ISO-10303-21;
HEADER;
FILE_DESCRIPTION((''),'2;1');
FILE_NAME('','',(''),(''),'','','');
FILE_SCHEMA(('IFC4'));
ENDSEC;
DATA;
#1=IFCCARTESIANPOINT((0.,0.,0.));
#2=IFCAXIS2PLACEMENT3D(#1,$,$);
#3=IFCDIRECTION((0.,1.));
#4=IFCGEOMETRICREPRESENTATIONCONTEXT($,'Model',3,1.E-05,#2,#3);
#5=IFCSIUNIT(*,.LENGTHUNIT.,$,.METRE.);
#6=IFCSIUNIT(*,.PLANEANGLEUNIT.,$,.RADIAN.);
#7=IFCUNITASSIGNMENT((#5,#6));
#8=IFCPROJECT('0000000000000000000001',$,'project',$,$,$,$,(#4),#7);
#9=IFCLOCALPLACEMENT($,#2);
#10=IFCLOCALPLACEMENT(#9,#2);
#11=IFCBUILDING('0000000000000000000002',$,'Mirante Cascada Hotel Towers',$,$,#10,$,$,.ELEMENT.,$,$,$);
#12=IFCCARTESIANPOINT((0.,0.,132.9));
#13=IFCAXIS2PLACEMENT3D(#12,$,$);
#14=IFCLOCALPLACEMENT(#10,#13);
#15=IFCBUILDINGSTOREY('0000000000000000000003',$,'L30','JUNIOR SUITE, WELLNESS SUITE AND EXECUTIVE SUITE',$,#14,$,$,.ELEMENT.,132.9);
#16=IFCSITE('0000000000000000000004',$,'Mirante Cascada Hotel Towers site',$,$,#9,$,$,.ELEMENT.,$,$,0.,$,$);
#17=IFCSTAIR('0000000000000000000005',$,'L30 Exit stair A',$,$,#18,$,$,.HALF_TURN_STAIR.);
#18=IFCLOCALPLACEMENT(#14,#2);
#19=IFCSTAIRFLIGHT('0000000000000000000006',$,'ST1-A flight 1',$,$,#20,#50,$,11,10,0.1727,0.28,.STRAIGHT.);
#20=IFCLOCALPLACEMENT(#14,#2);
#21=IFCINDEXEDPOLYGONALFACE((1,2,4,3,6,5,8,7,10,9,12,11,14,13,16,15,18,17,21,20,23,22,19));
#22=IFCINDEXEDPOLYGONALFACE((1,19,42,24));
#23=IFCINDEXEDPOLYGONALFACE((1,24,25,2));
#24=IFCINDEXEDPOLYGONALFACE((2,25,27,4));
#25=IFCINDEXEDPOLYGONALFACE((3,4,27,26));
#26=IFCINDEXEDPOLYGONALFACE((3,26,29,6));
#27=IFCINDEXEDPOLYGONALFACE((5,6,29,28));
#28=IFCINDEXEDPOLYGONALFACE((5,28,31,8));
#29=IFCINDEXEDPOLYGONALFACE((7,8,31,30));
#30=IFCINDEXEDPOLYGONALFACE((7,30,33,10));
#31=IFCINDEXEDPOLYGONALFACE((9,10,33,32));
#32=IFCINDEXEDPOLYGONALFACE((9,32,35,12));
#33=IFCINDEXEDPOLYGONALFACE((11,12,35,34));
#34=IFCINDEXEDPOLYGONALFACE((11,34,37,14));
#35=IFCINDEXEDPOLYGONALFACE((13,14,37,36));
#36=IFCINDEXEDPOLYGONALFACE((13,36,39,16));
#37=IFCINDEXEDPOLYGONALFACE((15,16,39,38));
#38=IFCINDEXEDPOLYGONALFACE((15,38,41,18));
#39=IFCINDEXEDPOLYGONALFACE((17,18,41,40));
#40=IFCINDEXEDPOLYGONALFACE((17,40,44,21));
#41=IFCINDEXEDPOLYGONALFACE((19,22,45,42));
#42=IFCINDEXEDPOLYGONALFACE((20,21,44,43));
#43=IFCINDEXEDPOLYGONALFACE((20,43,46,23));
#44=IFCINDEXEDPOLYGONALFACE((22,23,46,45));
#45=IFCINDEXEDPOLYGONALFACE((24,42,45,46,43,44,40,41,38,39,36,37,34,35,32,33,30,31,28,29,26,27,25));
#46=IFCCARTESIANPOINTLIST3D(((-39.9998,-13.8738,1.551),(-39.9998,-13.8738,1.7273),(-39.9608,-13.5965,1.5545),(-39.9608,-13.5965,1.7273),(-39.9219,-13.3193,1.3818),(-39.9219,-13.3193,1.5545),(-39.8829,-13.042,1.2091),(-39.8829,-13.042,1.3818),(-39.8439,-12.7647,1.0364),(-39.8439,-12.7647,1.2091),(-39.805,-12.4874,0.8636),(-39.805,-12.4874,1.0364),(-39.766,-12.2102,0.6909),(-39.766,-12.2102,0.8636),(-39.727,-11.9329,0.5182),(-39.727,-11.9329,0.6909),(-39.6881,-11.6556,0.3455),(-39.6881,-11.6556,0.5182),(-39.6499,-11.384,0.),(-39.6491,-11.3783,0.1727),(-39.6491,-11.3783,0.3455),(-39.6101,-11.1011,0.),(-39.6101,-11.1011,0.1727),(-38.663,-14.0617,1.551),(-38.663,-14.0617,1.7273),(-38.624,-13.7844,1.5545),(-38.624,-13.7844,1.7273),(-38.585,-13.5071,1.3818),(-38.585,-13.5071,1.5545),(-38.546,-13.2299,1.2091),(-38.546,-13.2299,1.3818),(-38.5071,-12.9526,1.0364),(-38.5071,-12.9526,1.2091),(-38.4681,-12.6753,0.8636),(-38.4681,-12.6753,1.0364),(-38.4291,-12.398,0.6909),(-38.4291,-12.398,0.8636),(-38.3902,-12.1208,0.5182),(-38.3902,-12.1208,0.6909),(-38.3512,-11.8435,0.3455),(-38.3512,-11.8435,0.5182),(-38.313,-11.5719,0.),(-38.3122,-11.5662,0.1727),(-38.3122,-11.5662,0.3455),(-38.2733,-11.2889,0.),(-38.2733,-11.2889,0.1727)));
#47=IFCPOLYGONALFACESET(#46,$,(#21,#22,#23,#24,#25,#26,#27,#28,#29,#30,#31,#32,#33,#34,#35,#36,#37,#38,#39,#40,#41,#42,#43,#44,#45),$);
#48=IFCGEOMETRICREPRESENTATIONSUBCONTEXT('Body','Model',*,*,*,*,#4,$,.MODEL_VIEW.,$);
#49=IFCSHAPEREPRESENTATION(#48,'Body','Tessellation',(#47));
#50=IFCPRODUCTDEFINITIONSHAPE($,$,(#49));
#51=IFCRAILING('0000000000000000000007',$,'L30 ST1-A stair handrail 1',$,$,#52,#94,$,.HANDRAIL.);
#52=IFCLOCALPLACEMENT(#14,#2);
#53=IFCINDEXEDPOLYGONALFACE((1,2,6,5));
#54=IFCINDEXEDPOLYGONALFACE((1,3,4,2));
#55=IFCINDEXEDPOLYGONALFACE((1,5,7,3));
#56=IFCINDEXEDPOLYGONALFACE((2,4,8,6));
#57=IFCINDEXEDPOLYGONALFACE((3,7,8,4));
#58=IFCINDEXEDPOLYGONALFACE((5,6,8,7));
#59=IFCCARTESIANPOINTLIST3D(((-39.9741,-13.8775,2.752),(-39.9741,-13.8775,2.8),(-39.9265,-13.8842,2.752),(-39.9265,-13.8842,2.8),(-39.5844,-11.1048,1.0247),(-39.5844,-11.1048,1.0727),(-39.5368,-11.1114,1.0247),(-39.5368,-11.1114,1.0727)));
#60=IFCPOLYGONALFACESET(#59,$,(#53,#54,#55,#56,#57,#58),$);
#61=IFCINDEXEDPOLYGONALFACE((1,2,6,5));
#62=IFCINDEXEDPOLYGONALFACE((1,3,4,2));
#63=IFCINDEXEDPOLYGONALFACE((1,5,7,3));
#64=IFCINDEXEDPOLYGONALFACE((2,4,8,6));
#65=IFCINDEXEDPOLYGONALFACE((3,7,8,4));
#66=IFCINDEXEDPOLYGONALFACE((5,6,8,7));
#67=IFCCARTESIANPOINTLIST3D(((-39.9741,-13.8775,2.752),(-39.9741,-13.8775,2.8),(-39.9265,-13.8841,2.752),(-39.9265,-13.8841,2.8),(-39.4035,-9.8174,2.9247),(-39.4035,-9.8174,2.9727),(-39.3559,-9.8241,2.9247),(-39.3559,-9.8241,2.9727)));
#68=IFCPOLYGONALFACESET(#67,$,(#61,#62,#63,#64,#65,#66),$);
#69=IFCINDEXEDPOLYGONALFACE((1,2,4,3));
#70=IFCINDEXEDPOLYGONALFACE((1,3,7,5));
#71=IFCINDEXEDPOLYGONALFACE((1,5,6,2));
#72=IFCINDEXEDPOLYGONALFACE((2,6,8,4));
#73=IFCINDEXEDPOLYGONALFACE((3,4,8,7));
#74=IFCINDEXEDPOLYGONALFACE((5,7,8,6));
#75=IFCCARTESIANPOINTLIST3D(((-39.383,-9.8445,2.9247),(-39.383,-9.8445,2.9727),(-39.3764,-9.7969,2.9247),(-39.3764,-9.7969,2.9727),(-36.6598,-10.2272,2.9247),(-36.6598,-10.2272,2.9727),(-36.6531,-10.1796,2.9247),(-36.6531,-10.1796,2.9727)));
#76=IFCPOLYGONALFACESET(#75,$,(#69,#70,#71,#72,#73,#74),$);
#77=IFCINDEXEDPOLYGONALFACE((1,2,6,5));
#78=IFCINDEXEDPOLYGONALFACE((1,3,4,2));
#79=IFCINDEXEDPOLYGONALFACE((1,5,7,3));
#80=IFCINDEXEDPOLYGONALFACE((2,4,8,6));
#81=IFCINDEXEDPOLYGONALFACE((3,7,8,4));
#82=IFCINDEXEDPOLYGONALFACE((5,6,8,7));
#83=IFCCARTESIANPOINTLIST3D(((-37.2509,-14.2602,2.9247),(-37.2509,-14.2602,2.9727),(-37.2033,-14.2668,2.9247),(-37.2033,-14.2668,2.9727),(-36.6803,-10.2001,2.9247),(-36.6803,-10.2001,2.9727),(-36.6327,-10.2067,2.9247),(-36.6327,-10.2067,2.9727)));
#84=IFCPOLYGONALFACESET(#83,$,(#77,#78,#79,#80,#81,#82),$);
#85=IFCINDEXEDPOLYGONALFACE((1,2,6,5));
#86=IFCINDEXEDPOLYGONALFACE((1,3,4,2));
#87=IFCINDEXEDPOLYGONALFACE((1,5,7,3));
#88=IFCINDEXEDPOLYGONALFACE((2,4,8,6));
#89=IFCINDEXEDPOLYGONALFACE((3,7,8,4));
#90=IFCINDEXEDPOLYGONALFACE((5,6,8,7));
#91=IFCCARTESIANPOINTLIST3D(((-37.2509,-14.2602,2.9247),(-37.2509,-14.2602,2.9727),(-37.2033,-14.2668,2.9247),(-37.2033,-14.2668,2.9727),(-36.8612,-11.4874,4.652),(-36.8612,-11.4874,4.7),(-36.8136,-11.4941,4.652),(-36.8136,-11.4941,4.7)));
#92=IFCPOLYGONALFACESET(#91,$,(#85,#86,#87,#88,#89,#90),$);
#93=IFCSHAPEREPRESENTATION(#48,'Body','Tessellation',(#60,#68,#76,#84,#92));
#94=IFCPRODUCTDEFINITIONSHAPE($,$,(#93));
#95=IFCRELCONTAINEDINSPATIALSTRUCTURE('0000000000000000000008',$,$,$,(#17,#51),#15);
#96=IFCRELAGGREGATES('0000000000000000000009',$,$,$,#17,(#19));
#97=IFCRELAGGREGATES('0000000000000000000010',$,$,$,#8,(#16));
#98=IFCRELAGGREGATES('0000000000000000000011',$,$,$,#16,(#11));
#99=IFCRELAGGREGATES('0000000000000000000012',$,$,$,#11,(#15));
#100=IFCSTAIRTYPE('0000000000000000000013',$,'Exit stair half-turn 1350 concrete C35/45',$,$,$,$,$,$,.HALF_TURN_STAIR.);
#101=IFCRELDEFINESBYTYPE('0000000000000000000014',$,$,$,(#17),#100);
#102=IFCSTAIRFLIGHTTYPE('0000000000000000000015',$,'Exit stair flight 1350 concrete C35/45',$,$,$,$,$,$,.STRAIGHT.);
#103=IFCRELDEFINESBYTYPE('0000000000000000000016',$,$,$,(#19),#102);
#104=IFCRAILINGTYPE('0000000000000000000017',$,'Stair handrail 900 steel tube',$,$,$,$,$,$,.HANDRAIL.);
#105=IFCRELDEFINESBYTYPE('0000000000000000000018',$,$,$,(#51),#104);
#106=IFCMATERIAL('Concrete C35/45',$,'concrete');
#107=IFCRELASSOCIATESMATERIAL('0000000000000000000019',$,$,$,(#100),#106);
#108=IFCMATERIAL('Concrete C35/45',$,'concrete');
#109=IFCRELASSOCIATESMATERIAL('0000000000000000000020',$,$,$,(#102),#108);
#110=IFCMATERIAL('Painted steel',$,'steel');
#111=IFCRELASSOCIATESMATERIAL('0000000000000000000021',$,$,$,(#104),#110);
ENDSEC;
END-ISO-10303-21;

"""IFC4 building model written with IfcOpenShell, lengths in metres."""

from ifc_helpers import new_model, si_unit, direction, frame, origin, origin_2d, place, context, subcontext, project, spatial, polyline, rectangle, outline, extrude, material, type_object, element, aggregate, save


model = new_model("IFC4")

# Units and contexts
model_context = context("Model", 3, precision=1e-05, world=origin(), true_north=direction((0.0, 1.0)))
body_context = subcontext(model_context, "Body", "Model", "MODEL_VIEW")
ifc_project = project(units=[si_unit("LENGTHUNIT", "METRE"), si_unit("PLANEANGLEUNIT", "RADIAN")], contexts=[model_context])

# Site, building, storey
site_placement = place(None, origin())
site = spatial("IfcSite", under=ifc_project, at=site_placement, Name="Mirante Cascada Hotel Towers site", CompositionType="ELEMENT", RefElevation=0.0)
building_placement = place(site_placement, origin())
building = spatial("IfcBuilding", under=site, at=building_placement, Name="Mirante Cascada Hotel Towers", CompositionType="ELEMENT")
storey_placement = place(building_placement, frame((0.0, 0.0, 132.9)))
storey = spatial("IfcBuildingStorey", under=building, at=storey_placement, Name="L30", Description="JUNIOR SUITE, WELLNESS SUITE AND EXECUTIVE SUITE", CompositionType="ELEMENT", Elevation=132.9)

# Stair, stair flight
ifc_material_1 = material(Name="Concrete C35/45", Category="concrete")
stair_type = type_object("IfcStairType", Name="Exit stair half-turn 1350 concrete C35/45", PredefinedType="HALF_TURN_STAIR", material=ifc_material_1)
stair_placement = place(storey_placement, origin())
stair = element("IfcStair", 1, at=stair_placement, inside=storey, type_object=stair_type, Name="L30 Exit stair A", PredefinedType="HALF_TURN_STAIR")
ifc_material_2 = material(Name="Concrete C35/45", Category="concrete")
stair_flight_type = type_object("IfcStairFlightType", Name="Exit stair flight 1350 concrete C35/45", PredefinedType="STRAIGHT", material=ifc_material_2)
stair_flight_placement = place(storey_placement, frame((-38.9417, -11.195, 0.0), z_axis=(0.0, 0.0, 1.0), x_axis=(-0.139173, -0.990268, 0.0)))
stair_flight = element("IfcStairFlight", 2, at=stair_flight_placement, type_object=stair_flight_type, Name="ST1-A flight 1", NumberOfRisers=11, NumberOfTreads=10, PredefinedType="STRAIGHT", RiserHeight=0.1727, TreadLength=0.28, context=body_context, shape_type="SweptSolid", body=[
    extrude(outline(polyline([(0.0, 0.0), (0.0, 0.1727), (0.28, 0.1727), (0.28, 0.3455), (0.56, 0.3455), (0.56, 0.5182), (0.84, 0.5182), (0.84, 0.6909), (1.12, 0.6909), (1.12, 0.8636), (1.4, 0.8636), (1.4, 1.0364), (1.68, 1.0364), (1.68, 1.2091), (1.96, 1.2091), (1.96, 1.3818), (2.24, 1.3818), (2.24, 1.5545), (2.52, 1.5545), (2.52, 1.7273), (2.8, 1.7273), (2.8, 1.9), (2.8, 1.551), (0.2857, 0.0), (0.0, 0.0)])), frame((0.0, 0.675, 0.0), z_axis=(0.0, -1.0, 0.0), x_axis=(1.0, 0.0, 0.0)), (0.0, 0.0, 1.0), 1.35),
])
aggregate(stair, [stair_flight])

# Railing
ifc_material_3 = material(Name="Painted steel", Category="steel")
railing_type = type_object("IfcRailingType", Name="Stair handrail 900 steel tube", PredefinedType="HANDRAIL", material=ifc_material_3)
railing_placement = place(storey_placement, frame((-39.5606, -11.1081, 0.1727)))
element("IfcRailing", 3, at=railing_placement, inside=storey, type_object=railing_type, Name="L30 ST1-A stair handrail 1", PredefinedType="HANDRAIL", context=body_context, shape_type="SweptSolid", body=[
    extrude(rectangle(XDim=0.048, YDim=0.048, at=origin_2d()), frame((0.0, 0.0, 0.876), z_axis=(-0.139181, -0.990267, 0.0), x_axis=(0.990267, -0.139181, 0.0)), (0.0, 0.525035, 0.851081), 3.2899),
    extrude(rectangle(XDim=0.048, YDim=0.048, at=origin_2d()), frame((-0.3897, -2.7727, 2.6033), z_axis=(0.139171, 0.990268, 0.0), x_axis=(-0.990268, 0.139171, 0.0)), (0.0, 0.042085, 0.999114), 4.1036),
    extrude(rectangle(XDim=0.048, YDim=0.048, at=origin_2d()), frame((0.1809, 1.2874, 2.776), z_axis=(0.990269, -0.139166, 0.0), x_axis=(0.139166, 0.990269, 0.0)), (0.0, 0.0, 1.0), 2.75),
    extrude(rectangle(XDim=0.048, YDim=0.048, at=origin_2d()), frame((2.9041, 0.9047, 2.776), z_axis=(-0.139171, -0.990268, 0.0), x_axis=(0.990268, -0.139171, 0.0)), (0.0, 0.0, 1.0), 4.1),
    extrude(rectangle(XDim=0.048, YDim=0.048, at=origin_2d()), frame((2.3335, -3.1554, 2.776), z_axis=(0.139181, 0.990267, 0.0), x_axis=(-0.990267, 0.139181, 0.0)), (0.0, 0.525035, 0.851081), 3.2899),
])

save(model, "model.ifc")
